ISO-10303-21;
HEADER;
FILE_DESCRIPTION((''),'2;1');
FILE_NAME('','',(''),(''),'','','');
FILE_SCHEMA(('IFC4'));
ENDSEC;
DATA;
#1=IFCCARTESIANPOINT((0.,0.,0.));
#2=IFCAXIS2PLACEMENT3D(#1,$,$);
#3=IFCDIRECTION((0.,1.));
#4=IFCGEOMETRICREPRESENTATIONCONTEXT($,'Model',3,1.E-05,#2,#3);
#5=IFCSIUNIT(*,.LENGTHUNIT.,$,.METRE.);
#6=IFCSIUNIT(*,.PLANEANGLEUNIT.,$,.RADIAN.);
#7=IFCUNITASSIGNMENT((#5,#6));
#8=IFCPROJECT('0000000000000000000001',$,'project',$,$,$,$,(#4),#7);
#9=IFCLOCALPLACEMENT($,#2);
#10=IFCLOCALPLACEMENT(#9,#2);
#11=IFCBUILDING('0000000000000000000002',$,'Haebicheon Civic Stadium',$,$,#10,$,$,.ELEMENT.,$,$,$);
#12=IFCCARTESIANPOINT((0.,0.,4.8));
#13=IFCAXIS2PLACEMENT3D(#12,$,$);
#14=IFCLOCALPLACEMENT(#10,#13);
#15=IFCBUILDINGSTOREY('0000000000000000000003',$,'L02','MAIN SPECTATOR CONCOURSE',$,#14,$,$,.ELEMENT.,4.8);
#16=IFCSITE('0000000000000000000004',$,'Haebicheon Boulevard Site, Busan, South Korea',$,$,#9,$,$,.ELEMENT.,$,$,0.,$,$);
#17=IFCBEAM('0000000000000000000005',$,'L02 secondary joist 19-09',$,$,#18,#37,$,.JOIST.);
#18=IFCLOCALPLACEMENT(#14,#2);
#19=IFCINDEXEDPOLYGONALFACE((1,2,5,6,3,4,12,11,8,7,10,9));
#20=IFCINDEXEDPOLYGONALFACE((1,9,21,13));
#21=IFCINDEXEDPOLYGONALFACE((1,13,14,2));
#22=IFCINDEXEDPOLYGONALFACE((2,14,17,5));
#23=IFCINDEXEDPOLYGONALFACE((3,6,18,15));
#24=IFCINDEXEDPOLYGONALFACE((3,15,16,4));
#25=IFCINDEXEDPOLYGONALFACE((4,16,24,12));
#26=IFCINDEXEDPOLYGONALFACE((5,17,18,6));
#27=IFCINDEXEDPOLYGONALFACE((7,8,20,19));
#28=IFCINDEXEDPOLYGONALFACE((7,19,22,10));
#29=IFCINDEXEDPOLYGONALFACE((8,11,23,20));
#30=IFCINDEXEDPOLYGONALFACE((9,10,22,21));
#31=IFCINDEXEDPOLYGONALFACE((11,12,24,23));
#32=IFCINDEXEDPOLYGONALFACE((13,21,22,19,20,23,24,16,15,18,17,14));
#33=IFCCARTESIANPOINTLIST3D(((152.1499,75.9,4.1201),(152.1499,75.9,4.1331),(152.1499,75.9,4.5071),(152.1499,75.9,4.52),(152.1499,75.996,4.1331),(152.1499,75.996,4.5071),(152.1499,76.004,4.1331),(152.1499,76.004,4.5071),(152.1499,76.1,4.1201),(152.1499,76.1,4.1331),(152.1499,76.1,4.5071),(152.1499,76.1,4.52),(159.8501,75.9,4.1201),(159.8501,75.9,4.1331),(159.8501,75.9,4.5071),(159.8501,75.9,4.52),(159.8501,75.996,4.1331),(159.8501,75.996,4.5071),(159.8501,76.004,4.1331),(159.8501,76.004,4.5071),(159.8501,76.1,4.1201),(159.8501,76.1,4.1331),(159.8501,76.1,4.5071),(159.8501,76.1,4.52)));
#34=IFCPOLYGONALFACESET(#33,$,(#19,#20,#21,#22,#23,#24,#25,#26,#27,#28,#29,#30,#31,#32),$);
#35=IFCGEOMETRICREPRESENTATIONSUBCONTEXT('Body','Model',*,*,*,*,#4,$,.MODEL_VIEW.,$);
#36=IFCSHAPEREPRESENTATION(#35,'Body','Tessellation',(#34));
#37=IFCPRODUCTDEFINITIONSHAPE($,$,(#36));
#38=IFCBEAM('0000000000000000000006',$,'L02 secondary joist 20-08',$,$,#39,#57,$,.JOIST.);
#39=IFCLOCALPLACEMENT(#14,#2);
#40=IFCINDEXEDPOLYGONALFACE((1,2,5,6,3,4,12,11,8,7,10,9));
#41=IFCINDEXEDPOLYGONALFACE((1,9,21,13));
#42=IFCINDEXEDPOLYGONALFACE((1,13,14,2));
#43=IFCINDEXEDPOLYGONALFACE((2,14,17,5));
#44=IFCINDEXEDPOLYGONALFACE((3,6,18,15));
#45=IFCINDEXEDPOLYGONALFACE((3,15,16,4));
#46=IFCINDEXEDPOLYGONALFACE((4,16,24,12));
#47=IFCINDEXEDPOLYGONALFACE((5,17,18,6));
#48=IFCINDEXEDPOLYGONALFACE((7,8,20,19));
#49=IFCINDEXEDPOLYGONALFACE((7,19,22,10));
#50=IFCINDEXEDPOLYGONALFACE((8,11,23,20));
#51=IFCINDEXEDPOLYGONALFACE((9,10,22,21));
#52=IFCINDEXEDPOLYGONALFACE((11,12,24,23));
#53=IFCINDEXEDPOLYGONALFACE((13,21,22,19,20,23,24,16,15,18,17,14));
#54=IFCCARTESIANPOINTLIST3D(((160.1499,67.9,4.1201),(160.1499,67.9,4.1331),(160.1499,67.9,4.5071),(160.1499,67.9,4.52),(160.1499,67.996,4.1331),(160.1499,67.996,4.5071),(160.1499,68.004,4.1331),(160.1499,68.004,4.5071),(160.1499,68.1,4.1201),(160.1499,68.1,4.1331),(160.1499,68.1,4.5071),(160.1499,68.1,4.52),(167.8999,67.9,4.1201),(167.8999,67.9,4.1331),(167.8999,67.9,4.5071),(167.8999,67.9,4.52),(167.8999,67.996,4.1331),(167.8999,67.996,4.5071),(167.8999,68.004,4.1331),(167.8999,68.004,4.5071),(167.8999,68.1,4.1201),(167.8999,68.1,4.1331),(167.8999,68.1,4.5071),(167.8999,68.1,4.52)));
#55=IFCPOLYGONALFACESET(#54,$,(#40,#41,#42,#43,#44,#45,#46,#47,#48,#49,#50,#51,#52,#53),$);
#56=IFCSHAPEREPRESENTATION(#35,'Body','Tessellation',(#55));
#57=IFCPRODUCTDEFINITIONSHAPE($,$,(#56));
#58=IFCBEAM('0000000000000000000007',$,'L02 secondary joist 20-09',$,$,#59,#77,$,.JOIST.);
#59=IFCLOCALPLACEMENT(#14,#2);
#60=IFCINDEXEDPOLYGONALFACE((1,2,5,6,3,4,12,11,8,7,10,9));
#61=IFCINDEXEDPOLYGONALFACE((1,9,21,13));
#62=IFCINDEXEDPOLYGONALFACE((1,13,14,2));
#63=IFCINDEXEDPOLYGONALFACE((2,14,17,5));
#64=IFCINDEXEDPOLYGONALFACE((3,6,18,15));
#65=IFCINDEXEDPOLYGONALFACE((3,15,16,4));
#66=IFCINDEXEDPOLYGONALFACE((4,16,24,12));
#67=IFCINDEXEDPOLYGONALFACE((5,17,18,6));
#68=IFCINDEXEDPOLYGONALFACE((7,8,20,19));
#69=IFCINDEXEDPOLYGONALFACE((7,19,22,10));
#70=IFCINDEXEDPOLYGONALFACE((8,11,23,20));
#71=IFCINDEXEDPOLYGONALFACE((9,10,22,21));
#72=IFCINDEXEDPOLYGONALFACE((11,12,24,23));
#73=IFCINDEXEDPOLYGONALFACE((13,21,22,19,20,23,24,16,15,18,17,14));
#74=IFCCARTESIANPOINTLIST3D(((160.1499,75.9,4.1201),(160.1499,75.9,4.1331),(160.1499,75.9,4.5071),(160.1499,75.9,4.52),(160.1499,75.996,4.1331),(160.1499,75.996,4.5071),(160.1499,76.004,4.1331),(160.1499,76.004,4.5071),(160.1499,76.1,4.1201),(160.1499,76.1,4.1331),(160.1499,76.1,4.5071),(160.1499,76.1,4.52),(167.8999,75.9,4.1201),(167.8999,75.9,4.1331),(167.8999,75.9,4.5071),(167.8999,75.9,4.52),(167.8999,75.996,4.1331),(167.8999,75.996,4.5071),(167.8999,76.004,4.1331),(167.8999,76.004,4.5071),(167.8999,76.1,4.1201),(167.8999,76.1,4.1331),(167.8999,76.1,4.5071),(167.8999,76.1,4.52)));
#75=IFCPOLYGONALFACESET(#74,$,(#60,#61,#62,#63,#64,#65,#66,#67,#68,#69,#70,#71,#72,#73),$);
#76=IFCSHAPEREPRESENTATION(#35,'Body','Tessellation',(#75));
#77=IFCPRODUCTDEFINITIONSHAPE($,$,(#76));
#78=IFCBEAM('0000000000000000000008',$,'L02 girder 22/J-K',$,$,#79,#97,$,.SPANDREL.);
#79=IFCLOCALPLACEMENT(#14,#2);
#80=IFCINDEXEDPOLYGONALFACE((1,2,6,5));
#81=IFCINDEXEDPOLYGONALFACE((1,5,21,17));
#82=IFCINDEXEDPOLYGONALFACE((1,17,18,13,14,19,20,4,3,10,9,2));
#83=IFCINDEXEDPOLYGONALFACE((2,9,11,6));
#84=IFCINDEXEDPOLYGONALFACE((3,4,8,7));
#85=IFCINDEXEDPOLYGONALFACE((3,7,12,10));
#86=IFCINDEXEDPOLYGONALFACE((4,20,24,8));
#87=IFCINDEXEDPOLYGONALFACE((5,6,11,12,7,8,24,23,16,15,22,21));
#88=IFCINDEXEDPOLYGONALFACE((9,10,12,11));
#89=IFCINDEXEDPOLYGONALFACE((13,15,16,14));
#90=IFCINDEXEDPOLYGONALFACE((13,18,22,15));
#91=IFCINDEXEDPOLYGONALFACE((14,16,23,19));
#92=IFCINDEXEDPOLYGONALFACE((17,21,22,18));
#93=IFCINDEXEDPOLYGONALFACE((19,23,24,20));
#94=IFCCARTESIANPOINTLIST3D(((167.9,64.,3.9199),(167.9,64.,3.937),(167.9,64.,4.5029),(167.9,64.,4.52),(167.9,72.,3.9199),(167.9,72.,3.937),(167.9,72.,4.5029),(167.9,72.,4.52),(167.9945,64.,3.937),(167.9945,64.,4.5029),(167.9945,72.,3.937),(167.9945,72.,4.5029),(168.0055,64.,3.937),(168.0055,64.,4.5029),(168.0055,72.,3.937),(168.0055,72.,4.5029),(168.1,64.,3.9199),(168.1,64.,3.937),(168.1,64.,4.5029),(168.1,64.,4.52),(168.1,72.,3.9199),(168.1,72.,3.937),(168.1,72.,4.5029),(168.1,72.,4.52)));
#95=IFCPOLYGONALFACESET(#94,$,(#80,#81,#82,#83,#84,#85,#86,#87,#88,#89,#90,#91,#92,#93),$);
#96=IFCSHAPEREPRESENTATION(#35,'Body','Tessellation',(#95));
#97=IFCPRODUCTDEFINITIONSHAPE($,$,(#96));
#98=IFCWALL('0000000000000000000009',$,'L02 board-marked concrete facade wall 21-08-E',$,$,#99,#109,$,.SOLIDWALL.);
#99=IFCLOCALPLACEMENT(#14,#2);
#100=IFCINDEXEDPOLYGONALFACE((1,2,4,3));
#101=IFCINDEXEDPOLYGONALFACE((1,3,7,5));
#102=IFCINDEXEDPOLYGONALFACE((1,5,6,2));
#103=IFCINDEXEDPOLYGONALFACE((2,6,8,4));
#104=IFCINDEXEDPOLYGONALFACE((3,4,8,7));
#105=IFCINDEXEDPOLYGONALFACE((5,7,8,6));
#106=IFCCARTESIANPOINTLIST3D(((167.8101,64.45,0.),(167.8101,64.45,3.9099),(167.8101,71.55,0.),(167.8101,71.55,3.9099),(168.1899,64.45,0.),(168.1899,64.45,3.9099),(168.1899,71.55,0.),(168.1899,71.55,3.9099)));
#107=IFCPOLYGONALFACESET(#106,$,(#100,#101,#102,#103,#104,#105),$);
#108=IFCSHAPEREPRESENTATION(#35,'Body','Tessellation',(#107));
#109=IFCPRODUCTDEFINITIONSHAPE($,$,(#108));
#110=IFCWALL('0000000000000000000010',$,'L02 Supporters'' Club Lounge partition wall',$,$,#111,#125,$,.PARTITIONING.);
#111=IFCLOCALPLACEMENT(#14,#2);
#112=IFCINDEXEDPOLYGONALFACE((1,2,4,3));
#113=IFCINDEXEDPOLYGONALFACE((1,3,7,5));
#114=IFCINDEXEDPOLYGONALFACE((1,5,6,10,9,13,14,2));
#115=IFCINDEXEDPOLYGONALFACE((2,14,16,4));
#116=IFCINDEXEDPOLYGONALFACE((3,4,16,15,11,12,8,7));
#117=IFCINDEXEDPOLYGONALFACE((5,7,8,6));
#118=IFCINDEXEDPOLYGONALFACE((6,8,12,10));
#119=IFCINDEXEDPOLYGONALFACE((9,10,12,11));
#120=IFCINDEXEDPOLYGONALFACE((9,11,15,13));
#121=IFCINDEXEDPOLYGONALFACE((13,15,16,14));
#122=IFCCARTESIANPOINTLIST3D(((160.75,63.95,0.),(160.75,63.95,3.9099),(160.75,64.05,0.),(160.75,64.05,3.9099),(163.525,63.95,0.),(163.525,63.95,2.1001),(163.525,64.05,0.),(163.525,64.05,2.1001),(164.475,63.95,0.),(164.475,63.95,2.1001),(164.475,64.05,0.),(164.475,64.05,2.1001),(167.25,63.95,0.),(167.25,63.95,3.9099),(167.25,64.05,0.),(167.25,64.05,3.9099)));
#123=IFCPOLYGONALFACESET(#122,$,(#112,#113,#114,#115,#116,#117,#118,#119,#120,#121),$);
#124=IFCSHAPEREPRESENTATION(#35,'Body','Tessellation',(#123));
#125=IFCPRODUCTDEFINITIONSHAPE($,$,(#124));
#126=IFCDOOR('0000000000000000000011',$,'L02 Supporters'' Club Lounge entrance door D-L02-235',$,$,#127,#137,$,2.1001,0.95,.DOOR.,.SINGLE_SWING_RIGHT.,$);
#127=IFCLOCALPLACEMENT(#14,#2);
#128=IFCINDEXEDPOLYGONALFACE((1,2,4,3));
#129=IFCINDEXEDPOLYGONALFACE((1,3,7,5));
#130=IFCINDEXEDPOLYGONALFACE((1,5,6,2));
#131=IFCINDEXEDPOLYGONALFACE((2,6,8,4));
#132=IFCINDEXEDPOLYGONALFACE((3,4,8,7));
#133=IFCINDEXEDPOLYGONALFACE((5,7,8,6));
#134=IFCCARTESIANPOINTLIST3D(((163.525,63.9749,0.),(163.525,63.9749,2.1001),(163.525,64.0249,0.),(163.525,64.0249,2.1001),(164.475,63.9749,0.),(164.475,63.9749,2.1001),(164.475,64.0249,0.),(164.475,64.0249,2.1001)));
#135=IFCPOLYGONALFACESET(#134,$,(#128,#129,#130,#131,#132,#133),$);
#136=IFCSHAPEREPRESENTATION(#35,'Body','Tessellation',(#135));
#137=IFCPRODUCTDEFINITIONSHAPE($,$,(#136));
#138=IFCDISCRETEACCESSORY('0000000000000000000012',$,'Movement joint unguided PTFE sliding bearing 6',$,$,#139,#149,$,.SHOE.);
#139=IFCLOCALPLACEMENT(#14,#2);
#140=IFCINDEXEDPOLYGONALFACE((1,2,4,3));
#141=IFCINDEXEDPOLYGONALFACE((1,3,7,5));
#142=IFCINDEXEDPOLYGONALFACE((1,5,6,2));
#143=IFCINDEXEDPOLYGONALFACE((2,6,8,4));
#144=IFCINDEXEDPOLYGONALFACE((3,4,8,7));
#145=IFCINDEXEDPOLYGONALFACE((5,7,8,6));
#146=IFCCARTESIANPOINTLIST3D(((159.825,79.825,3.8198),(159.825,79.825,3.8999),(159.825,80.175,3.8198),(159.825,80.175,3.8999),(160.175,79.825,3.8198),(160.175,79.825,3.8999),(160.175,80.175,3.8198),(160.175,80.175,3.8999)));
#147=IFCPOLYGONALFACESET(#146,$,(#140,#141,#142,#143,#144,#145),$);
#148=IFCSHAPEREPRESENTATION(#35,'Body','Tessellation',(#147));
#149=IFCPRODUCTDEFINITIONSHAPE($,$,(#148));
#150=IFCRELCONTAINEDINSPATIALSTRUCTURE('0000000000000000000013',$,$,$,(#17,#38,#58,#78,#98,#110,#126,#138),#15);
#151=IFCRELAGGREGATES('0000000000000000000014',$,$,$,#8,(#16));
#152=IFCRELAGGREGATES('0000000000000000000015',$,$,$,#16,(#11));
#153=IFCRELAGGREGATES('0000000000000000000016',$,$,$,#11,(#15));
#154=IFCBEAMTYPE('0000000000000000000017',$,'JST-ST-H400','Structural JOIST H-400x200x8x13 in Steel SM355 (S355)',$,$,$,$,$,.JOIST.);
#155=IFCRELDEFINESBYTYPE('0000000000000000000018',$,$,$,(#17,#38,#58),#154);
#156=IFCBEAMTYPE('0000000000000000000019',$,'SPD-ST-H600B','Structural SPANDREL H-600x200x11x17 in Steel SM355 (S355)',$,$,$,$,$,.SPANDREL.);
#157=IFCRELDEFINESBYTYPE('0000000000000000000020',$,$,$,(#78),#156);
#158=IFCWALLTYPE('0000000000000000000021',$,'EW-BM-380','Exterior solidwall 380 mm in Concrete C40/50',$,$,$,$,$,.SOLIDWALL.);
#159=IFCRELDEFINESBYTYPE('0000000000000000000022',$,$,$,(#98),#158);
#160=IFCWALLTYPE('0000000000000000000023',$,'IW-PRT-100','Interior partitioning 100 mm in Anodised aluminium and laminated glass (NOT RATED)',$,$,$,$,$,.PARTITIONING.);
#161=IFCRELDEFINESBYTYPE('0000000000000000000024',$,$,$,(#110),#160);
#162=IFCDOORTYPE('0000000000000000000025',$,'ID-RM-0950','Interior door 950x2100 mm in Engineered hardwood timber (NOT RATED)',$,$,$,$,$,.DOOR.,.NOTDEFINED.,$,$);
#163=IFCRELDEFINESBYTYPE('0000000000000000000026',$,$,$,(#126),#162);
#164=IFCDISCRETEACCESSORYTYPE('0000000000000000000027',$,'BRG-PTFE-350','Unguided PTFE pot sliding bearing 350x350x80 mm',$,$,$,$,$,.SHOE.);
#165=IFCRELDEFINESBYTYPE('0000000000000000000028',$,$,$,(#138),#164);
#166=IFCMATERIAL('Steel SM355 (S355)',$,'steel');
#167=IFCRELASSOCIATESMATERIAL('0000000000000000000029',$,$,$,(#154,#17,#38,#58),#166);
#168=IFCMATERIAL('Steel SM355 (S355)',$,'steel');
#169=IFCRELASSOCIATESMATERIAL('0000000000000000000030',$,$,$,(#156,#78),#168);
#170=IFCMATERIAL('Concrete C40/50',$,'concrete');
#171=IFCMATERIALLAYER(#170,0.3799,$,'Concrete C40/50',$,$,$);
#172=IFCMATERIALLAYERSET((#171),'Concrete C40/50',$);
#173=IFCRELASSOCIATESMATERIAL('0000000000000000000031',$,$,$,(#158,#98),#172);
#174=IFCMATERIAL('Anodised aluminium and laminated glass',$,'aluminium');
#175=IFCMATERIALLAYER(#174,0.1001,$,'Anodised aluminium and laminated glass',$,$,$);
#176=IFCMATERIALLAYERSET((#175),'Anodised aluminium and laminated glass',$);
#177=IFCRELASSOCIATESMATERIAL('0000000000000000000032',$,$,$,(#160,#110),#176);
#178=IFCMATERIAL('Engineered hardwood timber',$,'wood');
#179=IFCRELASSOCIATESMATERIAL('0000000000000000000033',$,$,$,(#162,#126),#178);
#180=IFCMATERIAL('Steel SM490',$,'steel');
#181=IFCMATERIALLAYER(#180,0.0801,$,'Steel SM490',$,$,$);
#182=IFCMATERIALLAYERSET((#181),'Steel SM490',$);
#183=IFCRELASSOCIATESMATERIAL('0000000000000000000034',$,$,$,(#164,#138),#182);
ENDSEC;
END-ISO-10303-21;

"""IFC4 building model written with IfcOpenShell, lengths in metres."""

from ifc_helpers import new_model, si_unit, direction, frame, frame_2d, origin, origin_2d, place, context, subcontext, project, spatial, rectangle, i_section, extrude, material, layer, layer_set, material_profile, profile_set, type_object, element, fill, save


model = new_model("IFC4")

# Units and contexts
model_context = context("Model", 3, precision=1e-05, world=origin(), true_north=direction((0.0, 1.0)))
body_context = subcontext(model_context, "Body", "Model", "MODEL_VIEW")
ifc_project = project(units=[si_unit("LENGTHUNIT", "METRE"), si_unit("PLANEANGLEUNIT", "RADIAN")], contexts=[model_context])

# Site, building, storey
site_placement = place(None, origin())
site = spatial("IfcSite", under=ifc_project, at=site_placement, Name="Haebicheon Boulevard Site, Busan, South Korea", CompositionType="ELEMENT", RefElevation=0.0)
building_placement = place(site_placement, origin())
building = spatial("IfcBuilding", under=site, at=building_placement, Name="Haebicheon Civic Stadium", CompositionType="ELEMENT")
storey_placement = place(building_placement, frame((0.0, 0.0, 4.8)))
storey = spatial("IfcBuildingStorey", under=building, at=storey_placement, Name="L02", Description="MAIN SPECTATOR CONCOURSE", CompositionType="ELEMENT", Elevation=4.8)

# Beams
ifc_material_1 = material(Name="Steel SM355 (S355)", Category="steel")
ifc_material_profile_1 = material_profile(ifc_material_1, i_section(OverallWidth=0.2, OverallDepth=0.3999, WebThickness=0.0081, FlangeThickness=0.0129, at=origin_2d()), Name="H-400x200x8x13")
ifc_profile_set_1 = profile_set([ifc_material_profile_1], Name="Steel SM355 (S355)")
beam_type_1 = type_object("IfcBeamType", Name="JST-ST-H400", Description="Structural JOIST H-400x200x8x13 in Steel SM355 (S355)", PredefinedType="JOIST", material=ifc_profile_set_1)
for number, where, z_axis, x_axis, name in (
    (1, (152.1499, 76.0, 4.3201), (1.0, 0.0, 0.0), (0.0, 1.0, 0.0), "L02 secondary joist 19-09"),
):
    element("IfcBeam", number, at=place(storey_placement, frame(where, z_axis=z_axis, x_axis=x_axis)), inside=storey, type_object=beam_type_1, material=ifc_profile_set_1, Name=name, PredefinedType="JOIST", context=body_context, shape_type="SweptSolid", body=[
        extrude(i_section(OverallWidth=0.2, OverallDepth=0.3999, WebThickness=0.0081, FlangeThickness=0.0129, at=origin_2d()), origin(), (0.0, 0.0, 1.0), 7.7002),
    ])
for number, where, z_axis, x_axis, name in (
    (2, (160.1499, 68.0, 4.3201), (1.0, 0.0, 0.0), (0.0, 1.0, 0.0), "L02 secondary joist 20-08"),
    (3, (160.1499, 76.0, 4.3201), (1.0, 0.0, 0.0), (0.0, 1.0, 0.0), "L02 secondary joist 20-09"),
):
    element("IfcBeam", number, at=place(storey_placement, frame(where, z_axis=z_axis, x_axis=x_axis)), inside=storey, type_object=beam_type_1, material=ifc_profile_set_1, Name=name, PredefinedType="JOIST", context=body_context, shape_type="SweptSolid", body=[
        extrude(i_section(OverallWidth=0.2, OverallDepth=0.3999, WebThickness=0.0081, FlangeThickness=0.0129, at=origin_2d()), origin(), (0.0, 0.0, 1.0), 7.75),
    ])
ifc_material_2 = material(Name="Steel SM355 (S355)", Category="steel")
ifc_material_profile_2 = material_profile(ifc_material_2, i_section(OverallWidth=0.2, OverallDepth=0.6001, WebThickness=0.011, FlangeThickness=0.0171, at=origin_2d()), Name="H-600x200x11x17")
ifc_profile_set_2 = profile_set([ifc_material_profile_2], Name="Steel SM355 (S355)")
beam_type_2 = type_object("IfcBeamType", Name="SPD-ST-H600B", Description="Structural SPANDREL H-600x200x11x17 in Steel SM355 (S355)", PredefinedType="SPANDREL", material=ifc_profile_set_2)
beam_1_placement = place(storey_placement, frame((168.0, 64.0, 4.22), z_axis=(0.0, 1.0, 0.0), x_axis=(-1.0, 0.0, 0.0)))
element("IfcBeam", 4, at=beam_1_placement, inside=storey, type_object=beam_type_2, material=ifc_profile_set_2, Name="L02 girder 22/J-K", PredefinedType="SPANDREL", context=body_context, shape_type="SweptSolid", body=[
    extrude(i_section(OverallWidth=0.2, OverallDepth=0.6001, WebThickness=0.011, FlangeThickness=0.0171, at=origin_2d()), origin(), (0.0, 0.0, 1.0), 8.0),
])

# Wall
ifc_material_3 = material(Name="Concrete C40/50", Category="concrete")
ifc_layer_1 = layer(ifc_material_3, 0.3799, Name="Concrete C40/50")
ifc_layer_set_1 = layer_set([ifc_layer_1], Name="Concrete C40/50")
wall_type_1 = type_object("IfcWallType", Name="EW-BM-380", Description="Exterior solidwall 380 mm in Concrete C40/50", PredefinedType="SOLIDWALL", material=ifc_layer_set_1)
wall_1_placement = place(storey_placement, frame((168.0, 64.45, 0.0), z_axis=(0.0, 0.0, 1.0), x_axis=(0.0, 1.0, 0.0)))
element("IfcWall", 5, at=wall_1_placement, inside=storey, type_object=wall_type_1, material=ifc_layer_set_1, Name="L02 board-marked concrete facade wall 21-08-E", PredefinedType="SOLIDWALL", context=body_context, shape_type="SweptSolid", body=[
    extrude(rectangle(XDim=7.1001, YDim=0.3799, at=frame_2d((3.55, 0.0))), origin(), (0.0, 0.0, 1.0), 3.9099),
])

# Wall, opening, door
ifc_material_4 = material(Name="Anodised aluminium and laminated glass", Category="aluminium")
ifc_layer_2 = layer(ifc_material_4, 0.1001, Name="Anodised aluminium and laminated glass")
ifc_layer_set_2 = layer_set([ifc_layer_2], Name="Anodised aluminium and laminated glass")
wall_type_2 = type_object("IfcWallType", Name="IW-PRT-100", Description="Interior partitioning 100 mm in Anodised aluminium and laminated glass (NOT RATED)", PredefinedType="PARTITIONING", material=ifc_layer_set_2)
wall_2_placement = place(storey_placement, frame((160.75, 64.0, 0.0), z_axis=(0.0, 0.0, 1.0), x_axis=(1.0, 0.0, 0.0)))
wall_2 = element("IfcWall", 6, at=wall_2_placement, inside=storey, type_object=wall_type_2, material=ifc_layer_set_2, Name="L02 Supporters' Club Lounge partition wall", PredefinedType="PARTITIONING", context=body_context, shape_type="SweptSolid", body=[
    extrude(rectangle(XDim=6.5, YDim=0.1001, at=frame_2d((3.25, 0.0))), origin(), (0.0, 0.0, 1.0), 3.9099),
])
opening_placement = place(wall_2_placement, frame((2.7749, 0.0, 0.0)))
opening = element("IfcOpeningElement", 7, at=opening_placement, cuts=wall_2, PredefinedType="OPENING", context=body_context, shape_type="SweptSolid", body=[
    extrude(rectangle(XDim=0.95, YDim=2.1001, at=frame_2d((0.4751, 1.05))), frame((0.0, 0.0601, 0.0), z_axis=(0.0, -1.0, 0.0), x_axis=(1.0, 0.0, 0.0)), (0.0, 0.0, 1.0), 0.1201),
])
ifc_material_5 = material(Name="Engineered hardwood timber", Category="wood")
door_type = type_object("IfcDoorType", Name="ID-RM-0950", Description="Interior door 950x2100 mm in Engineered hardwood timber (NOT RATED)", OperationType="NOTDEFINED", PredefinedType="DOOR", material=ifc_material_5)
door_placement = place(opening_placement, origin())
door = element("IfcDoor", 8, at=door_placement, inside=storey, type_object=door_type, material=ifc_material_5, Name="L02 Supporters' Club Lounge entrance door D-L02-235", OperationType="SINGLE_SWING_RIGHT", OverallHeight=2.1001, OverallWidth=0.95, PredefinedType="DOOR", context=body_context, shape_type="SweptSolid", body=[
    extrude(rectangle(XDim=0.95, YDim=2.1001, at=frame_2d((0.4751, 1.05))), frame((0.0, 0.0249, 0.0), z_axis=(0.0, -1.0, 0.0), x_axis=(1.0, 0.0, 0.0)), (0.0, 0.0, 1.0), 0.05),
])
fill(opening, door)

# Discrete accessory
ifc_material_6 = material(Name="Steel SM490", Category="steel")
ifc_layer_3 = layer(ifc_material_6, 0.0801, Name="Steel SM490")
ifc_layer_set_3 = layer_set([ifc_layer_3], Name="Steel SM490")
discrete_accessory_type = type_object("IfcDiscreteAccessoryType", Name="BRG-PTFE-350", Description="Unguided PTFE pot sliding bearing 350x350x80 mm", PredefinedType="SHOE", material=ifc_layer_set_3)
discrete_accessory_placement = place(storey_placement, frame((160.0, 80.0, 3.8198), z_axis=(0.0, 0.0, 1.0), x_axis=(1.0, 0.0, 0.0)))
element("IfcDiscreteAccessory", 9, at=discrete_accessory_placement, inside=storey, type_object=discrete_accessory_type, material=ifc_layer_set_3, Name="Movement joint unguided PTFE sliding bearing 6", PredefinedType="SHOE", context=body_context, shape_type="SweptSolid", body=[
    extrude(rectangle(XDim=0.3501, YDim=0.3501, at=origin_2d()), origin(), (0.0, 0.0, 1.0), 0.0801),
])

save(model, "model.ifc")
